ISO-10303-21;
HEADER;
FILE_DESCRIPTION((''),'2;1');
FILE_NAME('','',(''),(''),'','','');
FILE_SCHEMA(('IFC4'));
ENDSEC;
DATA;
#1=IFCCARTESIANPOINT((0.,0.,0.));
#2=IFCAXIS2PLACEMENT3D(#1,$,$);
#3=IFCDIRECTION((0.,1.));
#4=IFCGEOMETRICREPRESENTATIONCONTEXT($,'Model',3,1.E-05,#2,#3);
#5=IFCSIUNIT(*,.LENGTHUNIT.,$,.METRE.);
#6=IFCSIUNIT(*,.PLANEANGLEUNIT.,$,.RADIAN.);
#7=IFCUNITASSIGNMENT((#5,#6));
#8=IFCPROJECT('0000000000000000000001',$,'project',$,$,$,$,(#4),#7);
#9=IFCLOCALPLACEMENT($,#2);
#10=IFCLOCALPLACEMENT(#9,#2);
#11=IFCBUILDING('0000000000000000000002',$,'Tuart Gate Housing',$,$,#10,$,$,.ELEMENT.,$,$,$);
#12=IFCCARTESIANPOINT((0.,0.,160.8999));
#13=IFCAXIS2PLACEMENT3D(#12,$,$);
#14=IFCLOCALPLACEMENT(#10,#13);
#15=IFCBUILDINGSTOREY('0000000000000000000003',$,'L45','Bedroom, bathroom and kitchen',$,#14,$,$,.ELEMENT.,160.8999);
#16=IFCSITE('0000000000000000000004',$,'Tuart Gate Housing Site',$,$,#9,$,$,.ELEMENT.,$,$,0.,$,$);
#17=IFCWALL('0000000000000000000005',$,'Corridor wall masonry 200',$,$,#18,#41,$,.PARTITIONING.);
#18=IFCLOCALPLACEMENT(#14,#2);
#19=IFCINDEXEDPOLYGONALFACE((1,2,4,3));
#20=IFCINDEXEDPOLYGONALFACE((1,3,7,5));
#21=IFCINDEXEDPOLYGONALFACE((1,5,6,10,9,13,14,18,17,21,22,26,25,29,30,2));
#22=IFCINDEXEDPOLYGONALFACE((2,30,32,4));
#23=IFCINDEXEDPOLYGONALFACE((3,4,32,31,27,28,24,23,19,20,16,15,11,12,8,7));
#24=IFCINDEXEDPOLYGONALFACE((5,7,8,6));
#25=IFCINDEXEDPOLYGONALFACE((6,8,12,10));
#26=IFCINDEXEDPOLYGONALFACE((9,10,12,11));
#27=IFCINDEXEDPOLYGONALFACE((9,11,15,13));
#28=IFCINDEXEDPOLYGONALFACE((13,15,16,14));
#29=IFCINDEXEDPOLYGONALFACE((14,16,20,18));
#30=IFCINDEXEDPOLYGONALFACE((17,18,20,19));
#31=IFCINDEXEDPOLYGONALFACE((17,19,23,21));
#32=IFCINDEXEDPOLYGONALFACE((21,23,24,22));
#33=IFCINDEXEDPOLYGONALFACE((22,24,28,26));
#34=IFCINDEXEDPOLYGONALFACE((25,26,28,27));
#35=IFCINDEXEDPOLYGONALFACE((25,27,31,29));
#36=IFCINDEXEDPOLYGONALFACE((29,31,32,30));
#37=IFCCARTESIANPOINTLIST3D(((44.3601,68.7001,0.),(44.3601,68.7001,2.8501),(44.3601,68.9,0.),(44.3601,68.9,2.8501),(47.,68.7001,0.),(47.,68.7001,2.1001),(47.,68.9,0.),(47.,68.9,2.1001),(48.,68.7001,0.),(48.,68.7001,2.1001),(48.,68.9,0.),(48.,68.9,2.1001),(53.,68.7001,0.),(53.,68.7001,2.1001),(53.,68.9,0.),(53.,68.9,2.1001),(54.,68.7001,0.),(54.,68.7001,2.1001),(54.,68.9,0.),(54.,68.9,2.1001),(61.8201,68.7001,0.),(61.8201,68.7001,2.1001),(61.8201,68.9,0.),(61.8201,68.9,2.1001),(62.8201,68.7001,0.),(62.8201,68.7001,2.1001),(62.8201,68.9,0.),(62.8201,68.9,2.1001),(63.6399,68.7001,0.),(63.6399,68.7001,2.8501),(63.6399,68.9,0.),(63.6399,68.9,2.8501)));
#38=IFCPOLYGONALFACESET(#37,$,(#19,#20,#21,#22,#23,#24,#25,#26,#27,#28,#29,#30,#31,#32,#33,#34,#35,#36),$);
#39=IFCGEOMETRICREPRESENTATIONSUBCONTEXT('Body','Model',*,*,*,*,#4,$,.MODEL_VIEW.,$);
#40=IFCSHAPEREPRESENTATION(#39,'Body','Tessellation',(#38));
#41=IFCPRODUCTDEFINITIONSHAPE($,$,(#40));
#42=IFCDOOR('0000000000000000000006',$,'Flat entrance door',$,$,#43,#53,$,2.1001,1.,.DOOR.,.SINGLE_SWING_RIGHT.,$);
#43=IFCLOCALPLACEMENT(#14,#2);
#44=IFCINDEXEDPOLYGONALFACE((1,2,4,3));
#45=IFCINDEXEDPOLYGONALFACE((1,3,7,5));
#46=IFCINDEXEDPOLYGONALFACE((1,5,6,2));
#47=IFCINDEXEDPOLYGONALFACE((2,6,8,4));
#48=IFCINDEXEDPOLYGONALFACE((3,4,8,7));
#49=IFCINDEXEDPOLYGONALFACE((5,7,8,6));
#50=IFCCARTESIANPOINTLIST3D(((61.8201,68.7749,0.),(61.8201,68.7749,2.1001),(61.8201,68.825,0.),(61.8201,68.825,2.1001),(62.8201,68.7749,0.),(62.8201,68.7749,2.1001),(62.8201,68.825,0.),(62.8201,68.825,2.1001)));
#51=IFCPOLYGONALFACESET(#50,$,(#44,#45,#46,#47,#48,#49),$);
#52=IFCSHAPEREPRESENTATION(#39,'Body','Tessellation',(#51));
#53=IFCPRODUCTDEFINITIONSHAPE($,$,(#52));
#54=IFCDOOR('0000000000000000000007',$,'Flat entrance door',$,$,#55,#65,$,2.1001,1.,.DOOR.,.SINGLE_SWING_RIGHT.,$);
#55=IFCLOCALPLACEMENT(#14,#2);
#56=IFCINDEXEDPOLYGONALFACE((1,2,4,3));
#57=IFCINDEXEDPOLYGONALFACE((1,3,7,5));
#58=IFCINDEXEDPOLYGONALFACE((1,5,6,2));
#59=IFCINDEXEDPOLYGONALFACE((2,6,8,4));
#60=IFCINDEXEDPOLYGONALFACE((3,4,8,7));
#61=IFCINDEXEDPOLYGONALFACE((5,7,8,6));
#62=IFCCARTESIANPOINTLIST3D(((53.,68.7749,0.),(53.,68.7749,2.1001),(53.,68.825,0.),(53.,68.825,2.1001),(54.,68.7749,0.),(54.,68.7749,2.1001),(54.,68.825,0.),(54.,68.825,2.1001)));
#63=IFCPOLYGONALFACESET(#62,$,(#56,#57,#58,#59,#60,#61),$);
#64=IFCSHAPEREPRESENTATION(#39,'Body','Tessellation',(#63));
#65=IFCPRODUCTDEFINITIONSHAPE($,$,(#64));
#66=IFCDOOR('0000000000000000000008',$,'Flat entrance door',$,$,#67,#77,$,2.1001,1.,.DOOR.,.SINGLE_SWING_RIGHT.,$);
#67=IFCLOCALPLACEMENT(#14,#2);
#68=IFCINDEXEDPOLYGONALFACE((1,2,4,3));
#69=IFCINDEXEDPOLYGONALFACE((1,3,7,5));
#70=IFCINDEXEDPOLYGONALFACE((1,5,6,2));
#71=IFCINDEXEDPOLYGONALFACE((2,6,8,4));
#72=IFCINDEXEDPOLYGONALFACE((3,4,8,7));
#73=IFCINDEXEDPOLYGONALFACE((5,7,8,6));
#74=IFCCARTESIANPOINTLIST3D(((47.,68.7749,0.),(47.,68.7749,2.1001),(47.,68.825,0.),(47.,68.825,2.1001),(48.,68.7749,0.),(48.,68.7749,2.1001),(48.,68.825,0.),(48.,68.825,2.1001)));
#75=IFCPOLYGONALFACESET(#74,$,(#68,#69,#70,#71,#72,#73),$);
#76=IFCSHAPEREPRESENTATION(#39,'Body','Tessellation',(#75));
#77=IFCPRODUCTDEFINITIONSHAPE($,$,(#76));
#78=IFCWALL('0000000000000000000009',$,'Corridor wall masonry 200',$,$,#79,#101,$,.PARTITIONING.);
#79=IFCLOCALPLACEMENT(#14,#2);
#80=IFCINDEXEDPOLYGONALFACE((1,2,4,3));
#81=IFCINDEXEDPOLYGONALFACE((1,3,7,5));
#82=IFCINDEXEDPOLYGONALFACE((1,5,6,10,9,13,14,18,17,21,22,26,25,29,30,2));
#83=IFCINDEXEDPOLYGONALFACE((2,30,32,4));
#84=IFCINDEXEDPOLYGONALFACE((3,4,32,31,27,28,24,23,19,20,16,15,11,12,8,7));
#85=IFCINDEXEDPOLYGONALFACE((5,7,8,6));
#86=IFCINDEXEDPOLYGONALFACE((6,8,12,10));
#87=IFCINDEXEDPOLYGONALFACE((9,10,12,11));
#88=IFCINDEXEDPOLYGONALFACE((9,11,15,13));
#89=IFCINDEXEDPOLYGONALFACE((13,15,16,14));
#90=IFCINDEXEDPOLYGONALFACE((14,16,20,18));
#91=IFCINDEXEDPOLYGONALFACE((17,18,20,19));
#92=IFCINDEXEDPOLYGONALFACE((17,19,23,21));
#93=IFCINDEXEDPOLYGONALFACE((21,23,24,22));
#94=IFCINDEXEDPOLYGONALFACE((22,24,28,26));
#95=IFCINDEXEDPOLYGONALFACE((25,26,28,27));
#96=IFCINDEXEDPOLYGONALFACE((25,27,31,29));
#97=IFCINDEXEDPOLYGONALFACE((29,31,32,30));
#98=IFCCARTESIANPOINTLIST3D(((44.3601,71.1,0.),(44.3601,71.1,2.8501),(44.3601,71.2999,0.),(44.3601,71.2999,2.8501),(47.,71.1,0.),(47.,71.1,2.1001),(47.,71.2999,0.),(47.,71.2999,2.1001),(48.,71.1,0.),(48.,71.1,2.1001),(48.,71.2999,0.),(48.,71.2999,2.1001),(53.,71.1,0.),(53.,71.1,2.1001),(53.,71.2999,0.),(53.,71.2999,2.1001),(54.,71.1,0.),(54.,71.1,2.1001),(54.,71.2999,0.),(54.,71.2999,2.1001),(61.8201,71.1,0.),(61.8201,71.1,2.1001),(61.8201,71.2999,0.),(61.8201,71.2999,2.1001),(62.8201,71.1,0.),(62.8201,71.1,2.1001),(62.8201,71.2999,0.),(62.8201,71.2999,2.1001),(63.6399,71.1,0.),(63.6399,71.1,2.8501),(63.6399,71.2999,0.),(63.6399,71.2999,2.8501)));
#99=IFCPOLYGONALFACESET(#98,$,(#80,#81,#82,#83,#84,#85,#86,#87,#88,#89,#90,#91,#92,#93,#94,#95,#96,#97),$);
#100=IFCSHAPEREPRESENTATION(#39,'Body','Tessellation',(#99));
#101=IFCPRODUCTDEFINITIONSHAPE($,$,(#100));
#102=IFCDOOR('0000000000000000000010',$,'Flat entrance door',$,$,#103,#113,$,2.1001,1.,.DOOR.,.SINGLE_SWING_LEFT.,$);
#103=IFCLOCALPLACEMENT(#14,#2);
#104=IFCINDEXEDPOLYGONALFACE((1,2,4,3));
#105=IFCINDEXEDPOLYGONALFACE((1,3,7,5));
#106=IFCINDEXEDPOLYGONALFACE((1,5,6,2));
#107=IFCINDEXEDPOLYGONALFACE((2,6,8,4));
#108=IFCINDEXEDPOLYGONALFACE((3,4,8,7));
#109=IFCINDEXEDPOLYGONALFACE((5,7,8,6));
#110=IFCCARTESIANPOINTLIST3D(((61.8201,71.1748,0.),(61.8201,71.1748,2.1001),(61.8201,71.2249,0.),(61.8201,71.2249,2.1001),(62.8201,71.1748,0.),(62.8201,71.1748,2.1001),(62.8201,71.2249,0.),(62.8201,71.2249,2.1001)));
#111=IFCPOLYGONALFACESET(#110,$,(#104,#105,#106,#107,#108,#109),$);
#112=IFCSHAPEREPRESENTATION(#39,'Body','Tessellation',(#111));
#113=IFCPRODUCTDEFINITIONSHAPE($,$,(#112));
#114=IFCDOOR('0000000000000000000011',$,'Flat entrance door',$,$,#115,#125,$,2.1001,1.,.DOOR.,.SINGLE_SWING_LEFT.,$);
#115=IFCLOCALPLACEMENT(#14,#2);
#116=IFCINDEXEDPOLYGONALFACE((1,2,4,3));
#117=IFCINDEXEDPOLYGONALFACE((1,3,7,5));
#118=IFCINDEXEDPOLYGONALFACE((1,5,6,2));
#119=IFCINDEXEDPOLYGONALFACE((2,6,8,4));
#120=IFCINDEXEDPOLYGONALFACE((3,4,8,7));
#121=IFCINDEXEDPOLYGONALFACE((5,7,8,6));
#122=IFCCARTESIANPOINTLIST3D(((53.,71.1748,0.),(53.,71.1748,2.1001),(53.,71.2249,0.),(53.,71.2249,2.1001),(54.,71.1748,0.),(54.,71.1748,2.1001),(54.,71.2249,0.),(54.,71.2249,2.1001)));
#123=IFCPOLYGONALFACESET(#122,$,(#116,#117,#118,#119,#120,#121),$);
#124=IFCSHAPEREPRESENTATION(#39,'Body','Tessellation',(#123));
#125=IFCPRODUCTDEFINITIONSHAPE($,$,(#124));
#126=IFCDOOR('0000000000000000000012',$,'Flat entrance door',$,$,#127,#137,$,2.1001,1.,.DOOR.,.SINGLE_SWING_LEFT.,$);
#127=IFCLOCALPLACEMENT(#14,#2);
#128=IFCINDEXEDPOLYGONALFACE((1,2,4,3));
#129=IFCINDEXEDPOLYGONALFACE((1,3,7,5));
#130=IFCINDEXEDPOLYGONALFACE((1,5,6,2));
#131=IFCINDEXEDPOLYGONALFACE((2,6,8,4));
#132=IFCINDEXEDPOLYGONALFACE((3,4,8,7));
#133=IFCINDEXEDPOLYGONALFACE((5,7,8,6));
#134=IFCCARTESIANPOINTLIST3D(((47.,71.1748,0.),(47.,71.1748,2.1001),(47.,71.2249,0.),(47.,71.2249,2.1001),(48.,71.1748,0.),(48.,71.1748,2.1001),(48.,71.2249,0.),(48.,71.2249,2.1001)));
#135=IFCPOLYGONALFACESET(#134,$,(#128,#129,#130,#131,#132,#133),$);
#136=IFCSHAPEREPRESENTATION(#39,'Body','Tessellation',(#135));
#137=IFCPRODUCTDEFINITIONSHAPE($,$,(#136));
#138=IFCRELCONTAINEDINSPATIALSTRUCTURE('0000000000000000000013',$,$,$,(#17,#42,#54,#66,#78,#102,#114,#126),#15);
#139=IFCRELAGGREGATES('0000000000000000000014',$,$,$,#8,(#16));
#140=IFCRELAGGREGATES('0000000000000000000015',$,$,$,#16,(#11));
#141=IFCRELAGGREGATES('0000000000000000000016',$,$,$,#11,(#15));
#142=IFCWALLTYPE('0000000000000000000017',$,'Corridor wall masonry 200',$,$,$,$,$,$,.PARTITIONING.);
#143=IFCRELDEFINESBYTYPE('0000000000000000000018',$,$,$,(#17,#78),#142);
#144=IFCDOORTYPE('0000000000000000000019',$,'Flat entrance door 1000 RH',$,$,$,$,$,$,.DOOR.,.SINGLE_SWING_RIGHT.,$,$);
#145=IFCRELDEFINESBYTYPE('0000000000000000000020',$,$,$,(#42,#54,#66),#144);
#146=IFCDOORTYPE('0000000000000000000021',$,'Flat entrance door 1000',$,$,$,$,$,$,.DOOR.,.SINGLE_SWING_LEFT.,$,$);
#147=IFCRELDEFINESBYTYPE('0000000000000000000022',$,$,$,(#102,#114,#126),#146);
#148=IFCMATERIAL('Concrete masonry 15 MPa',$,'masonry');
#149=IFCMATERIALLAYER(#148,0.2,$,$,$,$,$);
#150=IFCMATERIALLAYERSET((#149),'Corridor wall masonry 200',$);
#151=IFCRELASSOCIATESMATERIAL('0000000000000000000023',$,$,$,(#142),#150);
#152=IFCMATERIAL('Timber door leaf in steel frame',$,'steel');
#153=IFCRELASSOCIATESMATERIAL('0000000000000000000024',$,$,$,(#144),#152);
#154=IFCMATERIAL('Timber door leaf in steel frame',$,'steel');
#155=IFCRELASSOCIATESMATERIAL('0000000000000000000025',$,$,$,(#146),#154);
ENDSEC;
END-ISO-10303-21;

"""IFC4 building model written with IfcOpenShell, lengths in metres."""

from ifc_helpers import new_model, si_unit, direction, frame, frame_2d, origin, place, context, subcontext, project, spatial, rectangle, extrude, material, layer, layer_set, type_object, element, fill, save


model = new_model("IFC4")

# Units and contexts
model_context = context("Model", 3, precision=1e-05, world=origin(), true_north=direction((0.0, 1.0)))
body_context = subcontext(model_context, "Body", "Model", "MODEL_VIEW")
ifc_project = project(units=[si_unit("LENGTHUNIT", "METRE"), si_unit("PLANEANGLEUNIT", "RADIAN")], contexts=[model_context])

# Site, building, storey
site_placement = place(None, origin())
site = spatial("IfcSite", under=ifc_project, at=site_placement, Name="Tuart Gate Housing Site", CompositionType="ELEMENT", RefElevation=0.0)
building_placement = place(site_placement, origin())
building = spatial("IfcBuilding", under=site, at=building_placement, Name="Tuart Gate Housing", CompositionType="ELEMENT")
storey_placement = place(building_placement, frame((0.0, 0.0, 160.8999)))
storey = spatial("IfcBuildingStorey", under=building, at=storey_placement, Name="L45", Description="Bedroom, bathroom and kitchen", CompositionType="ELEMENT", Elevation=160.8999)

# Walls, openings, doors
ifc_material_1 = material(Name="Concrete masonry 15 MPa", Category="masonry")
ifc_layer_1 = layer(ifc_material_1, 0.2)
ifc_layer_set_1 = layer_set([ifc_layer_1], Name="Corridor wall masonry 200")
wall_type_1 = type_object("IfcWallType", Name="Corridor wall masonry 200", PredefinedType="PARTITIONING", material=ifc_layer_set_1)
wall_1_placement = place(storey_placement, frame((44.3601, 68.8, 0.0), z_axis=(0.0, 0.0, 1.0), x_axis=(1.0, 0.0, 0.0)))
wall_1 = element("IfcWall", 1, at=wall_1_placement, inside=storey, type_object=wall_type_1, Name="Corridor wall masonry 200", PredefinedType="PARTITIONING", context=body_context, shape_type="SweptSolid", body=[
    extrude(rectangle(XDim=19.2798, YDim=0.2, at=frame_2d((9.6399, 0.0))), origin(), (0.0, 0.0, 1.0), 2.8501),
])
opening_1_placement = place(wall_1_placement, frame((17.46, 0.0, 0.0)))
opening_1 = element("IfcOpeningElement", 2, at=opening_1_placement, cuts=wall_1, PredefinedType="OPENING", context=body_context, shape_type="SweptSolid", body=[
    extrude(rectangle(XDim=1.0, YDim=2.1001, at=frame_2d((0.5, 1.05))), frame((0.0, 0.1099, 0.0), z_axis=(0.0, -1.0, 0.0), x_axis=(1.0, 0.0, 0.0)), (0.0, 0.0, 1.0), 0.22),
])
opening_2_placement = place(wall_1_placement, frame((8.6399, 0.0, 0.0)))
opening_2 = element("IfcOpeningElement", 3, at=opening_2_placement, cuts=wall_1, PredefinedType="OPENING", context=body_context, shape_type="SweptSolid", body=[
    extrude(rectangle(XDim=1.0, YDim=2.1001, at=frame_2d((0.5, 1.05))), frame((0.0, 0.1099, 0.0), z_axis=(0.0, -1.0, 0.0), x_axis=(1.0, 0.0, 0.0)), (0.0, 0.0, 1.0), 0.22),
])
opening_3_placement = place(wall_1_placement, frame((2.6399, 0.0, 0.0)))
opening_3 = element("IfcOpeningElement", 4, at=opening_3_placement, cuts=wall_1, PredefinedType="OPENING", context=body_context, shape_type="SweptSolid", body=[
    extrude(rectangle(XDim=1.0, YDim=2.1001, at=frame_2d((0.5, 1.05))), frame((0.0, 0.1099, 0.0), z_axis=(0.0, -1.0, 0.0), x_axis=(1.0, 0.0, 0.0)), (0.0, 0.0, 1.0), 0.22),
])
ifc_material_2 = material(Name="Timber door leaf in steel frame", Category="steel")
door_type_1 = type_object("IfcDoorType", Name="Flat entrance door 1000 RH", OperationType="SINGLE_SWING_RIGHT", PredefinedType="DOOR", material=ifc_material_2)
door_1_placement = place(opening_1_placement, frame((1.0, 0.0, 0.0), z_axis=(0.0, 0.0, 1.0), x_axis=(-1.0, 0.0, 0.0)))
door_1 = element("IfcDoor", 5, at=door_1_placement, inside=storey, type_object=door_type_1, Name="Flat entrance door", OperationType="SINGLE_SWING_RIGHT", OverallHeight=2.1001, OverallWidth=1.0, PredefinedType="DOOR", context=body_context, shape_type="SweptSolid", body=[
    extrude(rectangle(XDim=1.0, YDim=2.1001, at=frame_2d((0.5, 1.05))), frame((0.0, 0.0251, 0.0), z_axis=(0.0, -1.0, 0.0), x_axis=(1.0, 0.0, 0.0)), (0.0, 0.0, 1.0), 0.05),
])
fill(opening_1, door_1)
door_2_placement = place(opening_2_placement, frame((1.0, 0.0, 0.0), z_axis=(0.0, 0.0, 1.0), x_axis=(-1.0, 0.0, 0.0)))
door_2 = element("IfcDoor", 6, at=door_2_placement, inside=storey, type_object=door_type_1, Name="Flat entrance door", OperationType="SINGLE_SWING_RIGHT", OverallHeight=2.1001, OverallWidth=1.0, PredefinedType="DOOR", context=body_context, shape_type="SweptSolid", body=[
    extrude(rectangle(XDim=1.0, YDim=2.1001, at=frame_2d((0.5, 1.05))), frame((0.0, 0.0251, 0.0), z_axis=(0.0, -1.0, 0.0), x_axis=(1.0, 0.0, 0.0)), (0.0, 0.0, 1.0), 0.05),
])
fill(opening_2, door_2)
door_3_placement = place(opening_3_placement, frame((1.0, 0.0, 0.0), z_axis=(0.0, 0.0, 1.0), x_axis=(-1.0, 0.0, 0.0)))
door_3 = element("IfcDoor", 7, at=door_3_placement, inside=storey, type_object=door_type_1, Name="Flat entrance door", OperationType="SINGLE_SWING_RIGHT", OverallHeight=2.1001, OverallWidth=1.0, PredefinedType="DOOR", context=body_context, shape_type="SweptSolid", body=[
    extrude(rectangle(XDim=1.0, YDim=2.1001, at=frame_2d((0.5, 1.05))), frame((0.0, 0.0251, 0.0), z_axis=(0.0, -1.0, 0.0), x_axis=(1.0, 0.0, 0.0)), (0.0, 0.0, 1.0), 0.05),
])
fill(opening_3, door_3)
wall_2_placement = place(storey_placement, frame((44.3601, 71.2, 0.0), z_axis=(0.0, 0.0, 1.0), x_axis=(1.0, 0.0, 0.0)))
wall_2 = element("IfcWall", 8, at=wall_2_placement, inside=storey, type_object=wall_type_1, Name="Corridor wall masonry 200", PredefinedType="PARTITIONING", context=body_context, shape_type="SweptSolid", body=[
    extrude(rectangle(XDim=19.2798, YDim=0.2, at=frame_2d((9.6399, 0.0))), origin(), (0.0, 0.0, 1.0), 2.8501),
])
opening_4_placement = place(wall_2_placement, frame((17.46, 0.0, 0.0)))
opening_4 = element("IfcOpeningElement", 9, at=opening_4_placement, cuts=wall_2, PredefinedType="OPENING", context=body_context, shape_type="SweptSolid", body=[
    extrude(rectangle(XDim=1.0, YDim=2.1001, at=frame_2d((0.5, 1.05))), frame((0.0, 0.1099, 0.0), z_axis=(0.0, -1.0, 0.0), x_axis=(1.0, 0.0, 0.0)), (0.0, 0.0, 1.0), 0.22),
])
opening_5_placement = place(wall_2_placement, frame((8.6399, 0.0, 0.0)))
opening_5 = element("IfcOpeningElement", 10, at=opening_5_placement, cuts=wall_2, PredefinedType="OPENING", context=body_context, shape_type="SweptSolid", body=[
    extrude(rectangle(XDim=1.0, YDim=2.1001, at=frame_2d((0.5, 1.05))), frame((0.0, 0.1099, 0.0), z_axis=(0.0, -1.0, 0.0), x_axis=(1.0, 0.0, 0.0)), (0.0, 0.0, 1.0), 0.22),
])
opening_6_placement = place(wall_2_placement, frame((2.6399, 0.0, 0.0)))
opening_6 = element("IfcOpeningElement", 11, at=opening_6_placement, cuts=wall_2, PredefinedType="OPENING", context=body_context, shape_type="SweptSolid", body=[
    extrude(rectangle(XDim=1.0, YDim=2.1001, at=frame_2d((0.5, 1.05))), frame((0.0, 0.1099, 0.0), z_axis=(0.0, -1.0, 0.0), x_axis=(1.0, 0.0, 0.0)), (0.0, 0.0, 1.0), 0.22),
])
ifc_material_3 = material(Name="Timber door leaf in steel frame", Category="steel")
door_type_2 = type_object("IfcDoorType", Name="Flat entrance door 1000", OperationType="SINGLE_SWING_LEFT", PredefinedType="DOOR", material=ifc_material_3)
door_4_placement = place(opening_4_placement, origin())
door_4 = element("IfcDoor", 12, at=door_4_placement, inside=storey, type_object=door_type_2, Name="Flat entrance door", OperationType="SINGLE_SWING_LEFT", OverallHeight=2.1001, OverallWidth=1.0, PredefinedType="DOOR", context=body_context, shape_type="SweptSolid", body=[
    extrude(rectangle(XDim=1.0, YDim=2.1001, at=frame_2d((0.5, 1.05))), frame((0.0, 0.0249, 0.0), z_axis=(0.0, -1.0, 0.0), x_axis=(1.0, 0.0, 0.0)), (0.0, 0.0, 1.0), 0.05),
])
fill(opening_4, door_4)
door_5_placement = place(opening_5_placement, origin())
door_5 = element("IfcDoor", 13, at=door_5_placement, inside=storey, type_object=door_type_2, Name="Flat entrance door", OperationType="SINGLE_SWING_LEFT", OverallHeight=2.1001, OverallWidth=1.0, PredefinedType="DOOR", context=body_context, shape_type="SweptSolid", body=[
    extrude(rectangle(XDim=1.0, YDim=2.1001, at=frame_2d((0.5, 1.05))), frame((0.0, 0.0249, 0.0), z_axis=(0.0, -1.0, 0.0), x_axis=(1.0, 0.0, 0.0)), (0.0, 0.0, 1.0), 0.05),
])
fill(opening_5, door_5)
door_6_placement = place(opening_6_placement, origin())
door_6 = element("IfcDoor", 14, at=door_6_placement, inside=storey, type_object=door_type_2, Name="Flat entrance door", OperationType="SINGLE_SWING_LEFT", OverallHeight=2.1001, OverallWidth=1.0, PredefinedType="DOOR", context=body_context, shape_type="SweptSolid", body=[
    extrude(rectangle(XDim=1.0, YDim=2.1001, at=frame_2d((0.5, 1.05))), frame((0.0, 0.0249, 0.0), z_axis=(0.0, -1.0, 0.0), x_axis=(1.0, 0.0, 0.0)), (0.0, 0.0, 1.0), 0.05),
])
fill(opening_6, door_6)

save(model, "model.ifc")
